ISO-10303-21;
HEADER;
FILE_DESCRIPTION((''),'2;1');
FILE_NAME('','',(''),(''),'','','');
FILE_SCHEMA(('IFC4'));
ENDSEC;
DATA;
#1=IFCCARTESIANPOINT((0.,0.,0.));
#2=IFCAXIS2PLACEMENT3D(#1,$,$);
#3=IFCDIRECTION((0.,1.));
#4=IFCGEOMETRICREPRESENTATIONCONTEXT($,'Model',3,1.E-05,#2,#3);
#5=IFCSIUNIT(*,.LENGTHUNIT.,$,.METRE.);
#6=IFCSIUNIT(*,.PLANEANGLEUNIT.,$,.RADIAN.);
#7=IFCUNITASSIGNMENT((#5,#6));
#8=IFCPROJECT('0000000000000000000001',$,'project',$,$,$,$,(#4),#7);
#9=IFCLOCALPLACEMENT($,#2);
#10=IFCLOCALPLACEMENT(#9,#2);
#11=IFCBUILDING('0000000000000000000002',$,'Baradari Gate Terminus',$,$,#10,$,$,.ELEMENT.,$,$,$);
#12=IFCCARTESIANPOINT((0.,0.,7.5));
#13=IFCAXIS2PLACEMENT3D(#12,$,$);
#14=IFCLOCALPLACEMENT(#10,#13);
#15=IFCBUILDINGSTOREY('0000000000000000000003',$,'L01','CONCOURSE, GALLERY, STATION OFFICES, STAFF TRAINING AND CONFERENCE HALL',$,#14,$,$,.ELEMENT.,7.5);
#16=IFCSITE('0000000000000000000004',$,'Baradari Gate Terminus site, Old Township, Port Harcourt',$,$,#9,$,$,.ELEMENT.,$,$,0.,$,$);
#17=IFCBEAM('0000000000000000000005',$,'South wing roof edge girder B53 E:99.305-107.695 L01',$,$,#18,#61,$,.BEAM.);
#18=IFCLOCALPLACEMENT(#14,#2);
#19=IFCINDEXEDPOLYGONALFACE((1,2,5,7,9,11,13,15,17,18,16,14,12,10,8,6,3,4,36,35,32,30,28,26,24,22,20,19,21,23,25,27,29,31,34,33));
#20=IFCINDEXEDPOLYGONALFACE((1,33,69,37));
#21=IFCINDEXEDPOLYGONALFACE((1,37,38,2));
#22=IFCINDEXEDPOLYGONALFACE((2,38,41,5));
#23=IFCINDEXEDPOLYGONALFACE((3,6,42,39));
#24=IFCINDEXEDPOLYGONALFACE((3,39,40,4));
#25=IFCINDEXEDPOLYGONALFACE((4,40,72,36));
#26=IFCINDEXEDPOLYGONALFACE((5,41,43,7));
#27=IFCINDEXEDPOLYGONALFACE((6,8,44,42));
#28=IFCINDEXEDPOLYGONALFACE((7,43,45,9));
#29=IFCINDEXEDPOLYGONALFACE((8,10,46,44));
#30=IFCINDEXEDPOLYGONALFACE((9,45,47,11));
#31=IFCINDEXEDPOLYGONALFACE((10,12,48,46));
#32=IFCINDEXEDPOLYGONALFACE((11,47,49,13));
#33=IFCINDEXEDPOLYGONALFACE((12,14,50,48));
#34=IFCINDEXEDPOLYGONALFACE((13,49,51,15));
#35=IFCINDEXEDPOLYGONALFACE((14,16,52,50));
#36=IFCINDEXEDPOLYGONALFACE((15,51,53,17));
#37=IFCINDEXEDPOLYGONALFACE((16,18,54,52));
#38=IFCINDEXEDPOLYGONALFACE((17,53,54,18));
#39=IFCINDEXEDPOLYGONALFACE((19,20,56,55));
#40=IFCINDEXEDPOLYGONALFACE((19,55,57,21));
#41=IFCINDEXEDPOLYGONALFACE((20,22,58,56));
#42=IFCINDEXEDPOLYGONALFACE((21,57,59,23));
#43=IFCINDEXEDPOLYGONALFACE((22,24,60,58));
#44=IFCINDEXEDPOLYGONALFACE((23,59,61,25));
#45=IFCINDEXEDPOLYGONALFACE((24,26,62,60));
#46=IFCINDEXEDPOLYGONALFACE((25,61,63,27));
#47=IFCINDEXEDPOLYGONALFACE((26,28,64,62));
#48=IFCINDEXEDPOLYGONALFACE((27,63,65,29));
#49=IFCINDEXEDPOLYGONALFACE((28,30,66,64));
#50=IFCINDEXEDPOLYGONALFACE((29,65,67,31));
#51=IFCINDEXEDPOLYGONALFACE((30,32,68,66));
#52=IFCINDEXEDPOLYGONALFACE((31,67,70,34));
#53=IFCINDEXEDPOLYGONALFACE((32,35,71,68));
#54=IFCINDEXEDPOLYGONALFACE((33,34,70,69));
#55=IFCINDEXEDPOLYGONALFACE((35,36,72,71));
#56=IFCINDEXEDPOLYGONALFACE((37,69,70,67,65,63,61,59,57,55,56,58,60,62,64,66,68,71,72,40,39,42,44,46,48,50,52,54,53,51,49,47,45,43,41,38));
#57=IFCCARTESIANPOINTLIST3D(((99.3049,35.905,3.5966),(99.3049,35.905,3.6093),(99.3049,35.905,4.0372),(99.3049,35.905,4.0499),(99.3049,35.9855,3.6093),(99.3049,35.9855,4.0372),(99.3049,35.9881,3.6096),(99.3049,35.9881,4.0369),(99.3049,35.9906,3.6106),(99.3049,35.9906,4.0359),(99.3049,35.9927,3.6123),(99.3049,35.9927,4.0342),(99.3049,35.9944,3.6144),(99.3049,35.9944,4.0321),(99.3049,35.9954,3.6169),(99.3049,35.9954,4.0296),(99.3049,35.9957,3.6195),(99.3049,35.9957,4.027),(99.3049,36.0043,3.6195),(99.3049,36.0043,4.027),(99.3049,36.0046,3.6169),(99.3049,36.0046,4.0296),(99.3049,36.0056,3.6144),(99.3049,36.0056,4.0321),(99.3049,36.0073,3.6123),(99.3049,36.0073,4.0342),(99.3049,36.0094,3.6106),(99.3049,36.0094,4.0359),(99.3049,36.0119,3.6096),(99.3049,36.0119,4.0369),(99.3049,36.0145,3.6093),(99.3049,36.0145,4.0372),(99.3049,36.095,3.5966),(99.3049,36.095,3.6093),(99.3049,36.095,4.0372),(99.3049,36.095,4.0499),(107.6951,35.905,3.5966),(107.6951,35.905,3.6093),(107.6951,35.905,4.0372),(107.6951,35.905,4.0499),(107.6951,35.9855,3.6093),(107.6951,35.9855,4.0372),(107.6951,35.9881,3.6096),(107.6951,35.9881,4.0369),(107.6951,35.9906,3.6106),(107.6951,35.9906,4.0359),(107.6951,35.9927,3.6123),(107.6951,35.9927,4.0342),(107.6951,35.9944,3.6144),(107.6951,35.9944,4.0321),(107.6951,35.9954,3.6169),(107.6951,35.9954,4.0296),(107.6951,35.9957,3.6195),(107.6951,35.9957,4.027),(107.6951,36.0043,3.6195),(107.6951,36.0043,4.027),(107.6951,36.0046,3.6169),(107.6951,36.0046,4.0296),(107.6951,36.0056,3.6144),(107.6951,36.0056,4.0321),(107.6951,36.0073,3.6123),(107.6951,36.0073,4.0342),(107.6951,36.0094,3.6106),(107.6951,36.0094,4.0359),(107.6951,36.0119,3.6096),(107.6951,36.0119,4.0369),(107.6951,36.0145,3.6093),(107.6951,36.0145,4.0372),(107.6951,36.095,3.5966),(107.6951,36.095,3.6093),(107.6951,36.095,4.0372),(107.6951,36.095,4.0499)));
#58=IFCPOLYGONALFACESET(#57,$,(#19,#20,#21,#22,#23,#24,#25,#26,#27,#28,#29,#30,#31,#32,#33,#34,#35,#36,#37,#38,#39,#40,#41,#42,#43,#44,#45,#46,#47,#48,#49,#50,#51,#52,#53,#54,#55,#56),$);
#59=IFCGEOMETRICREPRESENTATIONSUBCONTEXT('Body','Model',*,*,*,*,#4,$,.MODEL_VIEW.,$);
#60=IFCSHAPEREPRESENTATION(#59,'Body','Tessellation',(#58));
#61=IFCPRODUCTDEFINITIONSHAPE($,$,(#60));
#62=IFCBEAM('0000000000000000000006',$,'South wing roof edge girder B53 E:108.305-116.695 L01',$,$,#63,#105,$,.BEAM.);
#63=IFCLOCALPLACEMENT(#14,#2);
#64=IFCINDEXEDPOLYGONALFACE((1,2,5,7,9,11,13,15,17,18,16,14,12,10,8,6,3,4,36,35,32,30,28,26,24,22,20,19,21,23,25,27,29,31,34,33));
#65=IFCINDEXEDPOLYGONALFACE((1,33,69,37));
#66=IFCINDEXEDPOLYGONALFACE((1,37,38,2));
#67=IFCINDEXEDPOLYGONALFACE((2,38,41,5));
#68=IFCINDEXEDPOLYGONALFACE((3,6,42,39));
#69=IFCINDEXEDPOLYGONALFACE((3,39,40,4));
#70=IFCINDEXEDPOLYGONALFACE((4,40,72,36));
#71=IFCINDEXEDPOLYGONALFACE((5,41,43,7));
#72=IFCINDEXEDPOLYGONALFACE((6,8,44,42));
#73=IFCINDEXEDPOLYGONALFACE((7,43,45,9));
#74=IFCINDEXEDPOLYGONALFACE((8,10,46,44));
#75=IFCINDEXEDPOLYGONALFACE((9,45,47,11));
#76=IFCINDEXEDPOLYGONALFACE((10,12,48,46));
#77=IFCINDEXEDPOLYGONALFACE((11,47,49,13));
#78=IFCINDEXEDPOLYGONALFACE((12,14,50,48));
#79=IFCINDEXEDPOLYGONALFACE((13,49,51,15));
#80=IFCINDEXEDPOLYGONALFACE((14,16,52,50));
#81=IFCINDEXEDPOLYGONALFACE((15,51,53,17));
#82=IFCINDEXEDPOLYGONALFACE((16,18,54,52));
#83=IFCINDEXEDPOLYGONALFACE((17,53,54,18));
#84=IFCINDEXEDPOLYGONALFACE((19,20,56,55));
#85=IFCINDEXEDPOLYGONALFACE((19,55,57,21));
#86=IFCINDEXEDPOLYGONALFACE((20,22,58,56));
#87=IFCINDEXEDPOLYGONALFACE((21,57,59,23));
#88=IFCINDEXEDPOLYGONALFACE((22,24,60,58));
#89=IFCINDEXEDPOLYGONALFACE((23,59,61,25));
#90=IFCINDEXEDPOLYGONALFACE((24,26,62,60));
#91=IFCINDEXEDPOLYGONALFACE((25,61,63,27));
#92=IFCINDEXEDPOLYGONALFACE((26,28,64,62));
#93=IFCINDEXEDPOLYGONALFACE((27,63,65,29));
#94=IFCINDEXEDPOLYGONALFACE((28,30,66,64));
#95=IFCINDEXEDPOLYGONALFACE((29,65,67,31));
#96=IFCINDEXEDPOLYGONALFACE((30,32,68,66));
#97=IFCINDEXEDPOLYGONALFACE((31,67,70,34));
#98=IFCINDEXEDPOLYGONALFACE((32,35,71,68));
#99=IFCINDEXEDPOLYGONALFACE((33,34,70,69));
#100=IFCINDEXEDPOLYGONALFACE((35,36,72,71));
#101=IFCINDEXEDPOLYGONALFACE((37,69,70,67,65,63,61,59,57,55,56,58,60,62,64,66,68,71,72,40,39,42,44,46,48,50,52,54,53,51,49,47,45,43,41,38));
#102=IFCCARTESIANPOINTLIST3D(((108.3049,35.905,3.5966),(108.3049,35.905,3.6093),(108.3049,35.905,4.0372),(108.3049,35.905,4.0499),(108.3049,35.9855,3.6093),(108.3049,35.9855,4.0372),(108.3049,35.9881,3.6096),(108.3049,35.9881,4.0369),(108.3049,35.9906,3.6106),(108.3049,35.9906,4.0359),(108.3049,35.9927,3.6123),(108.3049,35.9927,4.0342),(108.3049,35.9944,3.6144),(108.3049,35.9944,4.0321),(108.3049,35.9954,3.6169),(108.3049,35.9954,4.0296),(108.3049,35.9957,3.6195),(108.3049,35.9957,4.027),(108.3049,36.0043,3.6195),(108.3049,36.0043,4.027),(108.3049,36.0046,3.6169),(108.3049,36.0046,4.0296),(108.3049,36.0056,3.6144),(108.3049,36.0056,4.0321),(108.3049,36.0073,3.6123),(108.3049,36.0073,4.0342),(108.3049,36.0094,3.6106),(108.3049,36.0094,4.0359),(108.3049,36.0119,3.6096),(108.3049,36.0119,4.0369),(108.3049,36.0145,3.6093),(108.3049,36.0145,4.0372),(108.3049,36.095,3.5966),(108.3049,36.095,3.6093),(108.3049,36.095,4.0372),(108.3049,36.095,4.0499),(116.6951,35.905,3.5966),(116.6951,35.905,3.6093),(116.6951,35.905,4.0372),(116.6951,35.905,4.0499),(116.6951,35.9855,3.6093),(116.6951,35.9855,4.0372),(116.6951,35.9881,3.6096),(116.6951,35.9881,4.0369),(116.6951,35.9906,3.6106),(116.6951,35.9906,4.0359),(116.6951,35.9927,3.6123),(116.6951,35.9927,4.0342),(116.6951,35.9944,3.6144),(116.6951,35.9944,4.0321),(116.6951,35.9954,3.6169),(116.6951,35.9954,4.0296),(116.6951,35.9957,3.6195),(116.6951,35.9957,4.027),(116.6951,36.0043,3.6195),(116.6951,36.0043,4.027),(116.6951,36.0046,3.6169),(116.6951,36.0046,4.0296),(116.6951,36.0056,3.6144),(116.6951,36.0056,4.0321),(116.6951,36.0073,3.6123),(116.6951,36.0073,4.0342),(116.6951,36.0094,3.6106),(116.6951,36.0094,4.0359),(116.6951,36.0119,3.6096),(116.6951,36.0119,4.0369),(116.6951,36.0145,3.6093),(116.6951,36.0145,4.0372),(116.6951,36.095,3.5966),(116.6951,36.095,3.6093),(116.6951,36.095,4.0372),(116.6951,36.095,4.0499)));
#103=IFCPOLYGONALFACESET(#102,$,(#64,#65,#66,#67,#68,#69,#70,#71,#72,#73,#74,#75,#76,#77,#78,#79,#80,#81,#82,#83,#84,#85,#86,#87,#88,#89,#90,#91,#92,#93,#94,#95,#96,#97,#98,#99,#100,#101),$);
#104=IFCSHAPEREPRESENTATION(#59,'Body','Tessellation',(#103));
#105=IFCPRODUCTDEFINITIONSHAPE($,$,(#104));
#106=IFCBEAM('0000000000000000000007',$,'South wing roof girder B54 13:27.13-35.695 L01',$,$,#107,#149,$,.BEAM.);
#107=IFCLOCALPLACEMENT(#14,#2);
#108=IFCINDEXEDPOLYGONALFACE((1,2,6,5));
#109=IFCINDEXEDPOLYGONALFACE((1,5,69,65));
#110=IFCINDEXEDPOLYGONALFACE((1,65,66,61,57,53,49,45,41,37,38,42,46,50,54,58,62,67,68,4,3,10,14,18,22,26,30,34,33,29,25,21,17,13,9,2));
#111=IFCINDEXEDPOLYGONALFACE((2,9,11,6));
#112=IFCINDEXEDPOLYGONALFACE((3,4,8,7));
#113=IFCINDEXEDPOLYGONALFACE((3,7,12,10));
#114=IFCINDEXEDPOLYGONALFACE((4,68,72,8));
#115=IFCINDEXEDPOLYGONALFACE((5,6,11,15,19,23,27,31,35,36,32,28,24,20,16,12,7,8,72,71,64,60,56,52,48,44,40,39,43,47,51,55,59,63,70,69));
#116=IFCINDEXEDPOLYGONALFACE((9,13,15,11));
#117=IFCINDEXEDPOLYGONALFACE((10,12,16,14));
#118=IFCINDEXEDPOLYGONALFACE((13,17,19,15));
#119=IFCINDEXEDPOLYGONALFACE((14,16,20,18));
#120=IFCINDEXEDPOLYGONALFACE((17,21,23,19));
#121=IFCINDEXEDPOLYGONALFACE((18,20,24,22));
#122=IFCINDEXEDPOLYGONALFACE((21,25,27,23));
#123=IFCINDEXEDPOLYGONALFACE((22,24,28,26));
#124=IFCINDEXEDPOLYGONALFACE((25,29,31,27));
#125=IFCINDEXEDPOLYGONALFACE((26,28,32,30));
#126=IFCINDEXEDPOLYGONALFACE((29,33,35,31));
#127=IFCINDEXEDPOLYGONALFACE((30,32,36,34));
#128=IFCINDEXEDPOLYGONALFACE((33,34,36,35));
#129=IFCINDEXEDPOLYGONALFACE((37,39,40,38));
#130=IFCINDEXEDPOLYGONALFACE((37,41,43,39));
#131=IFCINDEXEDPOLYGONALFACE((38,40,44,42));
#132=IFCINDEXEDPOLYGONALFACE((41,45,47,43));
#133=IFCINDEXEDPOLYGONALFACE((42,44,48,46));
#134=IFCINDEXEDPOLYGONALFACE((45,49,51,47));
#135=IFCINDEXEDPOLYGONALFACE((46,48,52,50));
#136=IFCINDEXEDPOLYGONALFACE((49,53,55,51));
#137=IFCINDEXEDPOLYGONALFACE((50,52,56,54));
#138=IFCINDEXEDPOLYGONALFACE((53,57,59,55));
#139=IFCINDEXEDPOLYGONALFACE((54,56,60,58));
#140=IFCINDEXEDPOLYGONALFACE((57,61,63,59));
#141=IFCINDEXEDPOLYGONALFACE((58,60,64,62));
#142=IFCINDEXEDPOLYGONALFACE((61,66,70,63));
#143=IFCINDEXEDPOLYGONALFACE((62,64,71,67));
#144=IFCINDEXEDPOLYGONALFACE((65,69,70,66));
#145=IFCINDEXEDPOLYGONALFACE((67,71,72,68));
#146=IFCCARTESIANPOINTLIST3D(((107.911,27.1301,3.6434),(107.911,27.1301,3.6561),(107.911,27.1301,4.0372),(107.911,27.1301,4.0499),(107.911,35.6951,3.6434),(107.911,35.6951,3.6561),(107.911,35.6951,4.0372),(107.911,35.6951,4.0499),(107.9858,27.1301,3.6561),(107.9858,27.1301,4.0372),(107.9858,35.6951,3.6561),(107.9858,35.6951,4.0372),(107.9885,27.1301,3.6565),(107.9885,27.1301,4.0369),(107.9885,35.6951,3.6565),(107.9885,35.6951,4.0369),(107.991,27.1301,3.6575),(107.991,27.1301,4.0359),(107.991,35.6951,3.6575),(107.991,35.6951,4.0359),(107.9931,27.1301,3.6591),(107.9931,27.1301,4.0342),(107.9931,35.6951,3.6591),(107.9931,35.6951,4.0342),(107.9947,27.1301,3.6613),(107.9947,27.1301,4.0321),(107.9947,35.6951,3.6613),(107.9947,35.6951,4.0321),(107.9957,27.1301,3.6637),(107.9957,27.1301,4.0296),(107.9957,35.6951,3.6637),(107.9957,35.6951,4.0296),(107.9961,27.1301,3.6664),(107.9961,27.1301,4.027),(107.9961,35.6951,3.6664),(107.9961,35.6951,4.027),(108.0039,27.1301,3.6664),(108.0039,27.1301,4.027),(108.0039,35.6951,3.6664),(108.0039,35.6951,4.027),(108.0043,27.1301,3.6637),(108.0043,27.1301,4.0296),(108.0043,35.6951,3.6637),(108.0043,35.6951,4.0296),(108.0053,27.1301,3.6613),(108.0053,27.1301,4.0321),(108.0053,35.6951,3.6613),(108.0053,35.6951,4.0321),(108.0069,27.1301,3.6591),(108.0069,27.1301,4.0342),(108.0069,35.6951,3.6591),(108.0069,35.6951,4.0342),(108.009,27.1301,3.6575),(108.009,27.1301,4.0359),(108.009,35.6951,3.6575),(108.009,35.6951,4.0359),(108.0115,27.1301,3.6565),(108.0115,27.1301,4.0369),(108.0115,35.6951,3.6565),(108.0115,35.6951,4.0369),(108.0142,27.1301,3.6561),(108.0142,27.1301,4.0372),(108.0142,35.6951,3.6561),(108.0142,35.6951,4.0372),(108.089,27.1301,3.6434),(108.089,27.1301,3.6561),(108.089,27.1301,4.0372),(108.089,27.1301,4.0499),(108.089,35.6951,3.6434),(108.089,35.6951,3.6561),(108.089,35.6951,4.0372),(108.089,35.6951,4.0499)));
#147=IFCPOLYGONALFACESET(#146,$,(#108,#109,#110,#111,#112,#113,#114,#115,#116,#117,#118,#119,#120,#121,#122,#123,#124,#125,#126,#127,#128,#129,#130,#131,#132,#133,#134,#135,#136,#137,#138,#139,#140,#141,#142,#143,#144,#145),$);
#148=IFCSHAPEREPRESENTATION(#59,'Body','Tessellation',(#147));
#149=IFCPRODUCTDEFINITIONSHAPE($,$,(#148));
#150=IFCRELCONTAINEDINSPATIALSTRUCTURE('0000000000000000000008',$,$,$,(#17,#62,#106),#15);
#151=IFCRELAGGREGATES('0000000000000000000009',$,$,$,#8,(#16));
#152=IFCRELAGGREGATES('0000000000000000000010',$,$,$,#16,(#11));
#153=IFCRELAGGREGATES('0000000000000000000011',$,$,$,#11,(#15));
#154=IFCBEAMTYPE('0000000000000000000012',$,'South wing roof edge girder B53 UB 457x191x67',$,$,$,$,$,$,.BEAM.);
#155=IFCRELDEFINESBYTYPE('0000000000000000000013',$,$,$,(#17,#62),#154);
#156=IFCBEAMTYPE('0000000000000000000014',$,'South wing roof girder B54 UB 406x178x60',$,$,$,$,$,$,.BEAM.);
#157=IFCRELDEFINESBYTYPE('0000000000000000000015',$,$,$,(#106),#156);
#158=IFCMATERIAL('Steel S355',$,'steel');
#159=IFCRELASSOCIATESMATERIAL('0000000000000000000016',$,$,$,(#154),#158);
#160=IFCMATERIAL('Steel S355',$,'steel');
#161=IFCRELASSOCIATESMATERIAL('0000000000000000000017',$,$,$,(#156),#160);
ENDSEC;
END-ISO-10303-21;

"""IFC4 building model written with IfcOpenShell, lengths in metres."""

from ifc_helpers import new_model, si_unit, direction, frame, origin, origin_2d, place, context, subcontext, project, spatial, i_section, extrude, material, material_profile, profile_set, type_object, element, save


model = new_model("IFC4")

# Units and contexts
model_context = context("Model", 3, precision=1e-05, world=origin(), true_north=direction((0.0, 1.0)))
body_context = subcontext(model_context, "Body", "Model", "MODEL_VIEW")
ifc_project = project(units=[si_unit("LENGTHUNIT", "METRE"), si_unit("PLANEANGLEUNIT", "RADIAN")], contexts=[model_context])

# Site, building, storey
site_placement = place(None, origin())
site = spatial("IfcSite", under=ifc_project, at=site_placement, Name="Baradari Gate Terminus site, Old Township, Port Harcourt", CompositionType="ELEMENT", RefElevation=0.0)
building_placement = place(site_placement, origin())
building = spatial("IfcBuilding", under=site, at=building_placement, Name="Baradari Gate Terminus", CompositionType="ELEMENT")
storey_placement = place(building_placement, frame((0.0, 0.0, 7.5)))
storey = spatial("IfcBuildingStorey", under=building, at=storey_placement, Name="L01", Description="CONCOURSE, GALLERY, STATION OFFICES, STAFF TRAINING AND CONFERENCE HALL", CompositionType="ELEMENT", Elevation=7.5)

# Beams
ifc_material_1 = material(Name="Steel S355", Category="steel")
ifc_material_profile_1 = material_profile(ifc_material_1, i_section(OverallWidth=0.1899, OverallDepth=0.4534, WebThickness=0.0085, FlangeThickness=0.0127, FilletRadius=0.0103, at=origin_2d()), Name="UB 457x191x67")
ifc_profile_set_1 = profile_set([ifc_material_profile_1], Name="Steel S355")
beam_type_1 = type_object("IfcBeamType", Name="South wing roof edge girder B53 UB 457x191x67", PredefinedType="BEAM", material=ifc_profile_set_1)
for number, where, z_axis, x_axis, name in (
    (1, (99.3049, 36.0, 3.8232), (1.0, 0.0, 0.0), (0.0, 1.0, 0.0), "South wing roof edge girder B53 E:99.305-107.695 L01"),
    (2, (108.3049, 36.0, 3.8232), (1.0, 0.0, 0.0), (0.0, 1.0, 0.0), "South wing roof edge girder B53 E:108.305-116.695 L01"),
):
    element("IfcBeam", number, at=place(storey_placement, frame(where, z_axis=z_axis, x_axis=x_axis)), inside=storey, type_object=beam_type_1, Name=name, PredefinedType="BEAM", context=body_context, shape_type="SweptSolid", body=[
        extrude(i_section(OverallWidth=0.1899, OverallDepth=0.4534, WebThickness=0.0085, FlangeThickness=0.0127, FilletRadius=0.0103, at=origin_2d()), origin(), (0.0, 0.0, 1.0), 8.3901),
    ])
ifc_material_2 = material(Name="Steel S355", Category="steel")
ifc_material_profile_2 = material_profile(ifc_material_2, i_section(OverallWidth=0.178, OverallDepth=0.4065, WebThickness=0.0078, FlangeThickness=0.0127, FilletRadius=0.0103, at=origin_2d()), Name="UB 406x178x60")
ifc_profile_set_2 = profile_set([ifc_material_profile_2], Name="Steel S355")
beam_type_2 = type_object("IfcBeamType", Name="South wing roof girder B54 UB 406x178x60", PredefinedType="BEAM", material=ifc_profile_set_2)
beam_1_placement = place(storey_placement, frame((108.0, 27.1301, 3.8467), z_axis=(0.0, 1.0, 0.0), x_axis=(-1.0, 0.0, 0.0)))
element("IfcBeam", 3, at=beam_1_placement, inside=storey, type_object=beam_type_2, Name="South wing roof girder B54 13:27.13-35.695 L01", PredefinedType="BEAM", context=body_context, shape_type="SweptSolid", body=[
    extrude(i_section(OverallWidth=0.178, OverallDepth=0.4065, WebThickness=0.0078, FlangeThickness=0.0127, FilletRadius=0.0103, at=origin_2d()), origin(), (0.0, 0.0, 1.0), 8.5649),
])

save(model, "model.ifc")
